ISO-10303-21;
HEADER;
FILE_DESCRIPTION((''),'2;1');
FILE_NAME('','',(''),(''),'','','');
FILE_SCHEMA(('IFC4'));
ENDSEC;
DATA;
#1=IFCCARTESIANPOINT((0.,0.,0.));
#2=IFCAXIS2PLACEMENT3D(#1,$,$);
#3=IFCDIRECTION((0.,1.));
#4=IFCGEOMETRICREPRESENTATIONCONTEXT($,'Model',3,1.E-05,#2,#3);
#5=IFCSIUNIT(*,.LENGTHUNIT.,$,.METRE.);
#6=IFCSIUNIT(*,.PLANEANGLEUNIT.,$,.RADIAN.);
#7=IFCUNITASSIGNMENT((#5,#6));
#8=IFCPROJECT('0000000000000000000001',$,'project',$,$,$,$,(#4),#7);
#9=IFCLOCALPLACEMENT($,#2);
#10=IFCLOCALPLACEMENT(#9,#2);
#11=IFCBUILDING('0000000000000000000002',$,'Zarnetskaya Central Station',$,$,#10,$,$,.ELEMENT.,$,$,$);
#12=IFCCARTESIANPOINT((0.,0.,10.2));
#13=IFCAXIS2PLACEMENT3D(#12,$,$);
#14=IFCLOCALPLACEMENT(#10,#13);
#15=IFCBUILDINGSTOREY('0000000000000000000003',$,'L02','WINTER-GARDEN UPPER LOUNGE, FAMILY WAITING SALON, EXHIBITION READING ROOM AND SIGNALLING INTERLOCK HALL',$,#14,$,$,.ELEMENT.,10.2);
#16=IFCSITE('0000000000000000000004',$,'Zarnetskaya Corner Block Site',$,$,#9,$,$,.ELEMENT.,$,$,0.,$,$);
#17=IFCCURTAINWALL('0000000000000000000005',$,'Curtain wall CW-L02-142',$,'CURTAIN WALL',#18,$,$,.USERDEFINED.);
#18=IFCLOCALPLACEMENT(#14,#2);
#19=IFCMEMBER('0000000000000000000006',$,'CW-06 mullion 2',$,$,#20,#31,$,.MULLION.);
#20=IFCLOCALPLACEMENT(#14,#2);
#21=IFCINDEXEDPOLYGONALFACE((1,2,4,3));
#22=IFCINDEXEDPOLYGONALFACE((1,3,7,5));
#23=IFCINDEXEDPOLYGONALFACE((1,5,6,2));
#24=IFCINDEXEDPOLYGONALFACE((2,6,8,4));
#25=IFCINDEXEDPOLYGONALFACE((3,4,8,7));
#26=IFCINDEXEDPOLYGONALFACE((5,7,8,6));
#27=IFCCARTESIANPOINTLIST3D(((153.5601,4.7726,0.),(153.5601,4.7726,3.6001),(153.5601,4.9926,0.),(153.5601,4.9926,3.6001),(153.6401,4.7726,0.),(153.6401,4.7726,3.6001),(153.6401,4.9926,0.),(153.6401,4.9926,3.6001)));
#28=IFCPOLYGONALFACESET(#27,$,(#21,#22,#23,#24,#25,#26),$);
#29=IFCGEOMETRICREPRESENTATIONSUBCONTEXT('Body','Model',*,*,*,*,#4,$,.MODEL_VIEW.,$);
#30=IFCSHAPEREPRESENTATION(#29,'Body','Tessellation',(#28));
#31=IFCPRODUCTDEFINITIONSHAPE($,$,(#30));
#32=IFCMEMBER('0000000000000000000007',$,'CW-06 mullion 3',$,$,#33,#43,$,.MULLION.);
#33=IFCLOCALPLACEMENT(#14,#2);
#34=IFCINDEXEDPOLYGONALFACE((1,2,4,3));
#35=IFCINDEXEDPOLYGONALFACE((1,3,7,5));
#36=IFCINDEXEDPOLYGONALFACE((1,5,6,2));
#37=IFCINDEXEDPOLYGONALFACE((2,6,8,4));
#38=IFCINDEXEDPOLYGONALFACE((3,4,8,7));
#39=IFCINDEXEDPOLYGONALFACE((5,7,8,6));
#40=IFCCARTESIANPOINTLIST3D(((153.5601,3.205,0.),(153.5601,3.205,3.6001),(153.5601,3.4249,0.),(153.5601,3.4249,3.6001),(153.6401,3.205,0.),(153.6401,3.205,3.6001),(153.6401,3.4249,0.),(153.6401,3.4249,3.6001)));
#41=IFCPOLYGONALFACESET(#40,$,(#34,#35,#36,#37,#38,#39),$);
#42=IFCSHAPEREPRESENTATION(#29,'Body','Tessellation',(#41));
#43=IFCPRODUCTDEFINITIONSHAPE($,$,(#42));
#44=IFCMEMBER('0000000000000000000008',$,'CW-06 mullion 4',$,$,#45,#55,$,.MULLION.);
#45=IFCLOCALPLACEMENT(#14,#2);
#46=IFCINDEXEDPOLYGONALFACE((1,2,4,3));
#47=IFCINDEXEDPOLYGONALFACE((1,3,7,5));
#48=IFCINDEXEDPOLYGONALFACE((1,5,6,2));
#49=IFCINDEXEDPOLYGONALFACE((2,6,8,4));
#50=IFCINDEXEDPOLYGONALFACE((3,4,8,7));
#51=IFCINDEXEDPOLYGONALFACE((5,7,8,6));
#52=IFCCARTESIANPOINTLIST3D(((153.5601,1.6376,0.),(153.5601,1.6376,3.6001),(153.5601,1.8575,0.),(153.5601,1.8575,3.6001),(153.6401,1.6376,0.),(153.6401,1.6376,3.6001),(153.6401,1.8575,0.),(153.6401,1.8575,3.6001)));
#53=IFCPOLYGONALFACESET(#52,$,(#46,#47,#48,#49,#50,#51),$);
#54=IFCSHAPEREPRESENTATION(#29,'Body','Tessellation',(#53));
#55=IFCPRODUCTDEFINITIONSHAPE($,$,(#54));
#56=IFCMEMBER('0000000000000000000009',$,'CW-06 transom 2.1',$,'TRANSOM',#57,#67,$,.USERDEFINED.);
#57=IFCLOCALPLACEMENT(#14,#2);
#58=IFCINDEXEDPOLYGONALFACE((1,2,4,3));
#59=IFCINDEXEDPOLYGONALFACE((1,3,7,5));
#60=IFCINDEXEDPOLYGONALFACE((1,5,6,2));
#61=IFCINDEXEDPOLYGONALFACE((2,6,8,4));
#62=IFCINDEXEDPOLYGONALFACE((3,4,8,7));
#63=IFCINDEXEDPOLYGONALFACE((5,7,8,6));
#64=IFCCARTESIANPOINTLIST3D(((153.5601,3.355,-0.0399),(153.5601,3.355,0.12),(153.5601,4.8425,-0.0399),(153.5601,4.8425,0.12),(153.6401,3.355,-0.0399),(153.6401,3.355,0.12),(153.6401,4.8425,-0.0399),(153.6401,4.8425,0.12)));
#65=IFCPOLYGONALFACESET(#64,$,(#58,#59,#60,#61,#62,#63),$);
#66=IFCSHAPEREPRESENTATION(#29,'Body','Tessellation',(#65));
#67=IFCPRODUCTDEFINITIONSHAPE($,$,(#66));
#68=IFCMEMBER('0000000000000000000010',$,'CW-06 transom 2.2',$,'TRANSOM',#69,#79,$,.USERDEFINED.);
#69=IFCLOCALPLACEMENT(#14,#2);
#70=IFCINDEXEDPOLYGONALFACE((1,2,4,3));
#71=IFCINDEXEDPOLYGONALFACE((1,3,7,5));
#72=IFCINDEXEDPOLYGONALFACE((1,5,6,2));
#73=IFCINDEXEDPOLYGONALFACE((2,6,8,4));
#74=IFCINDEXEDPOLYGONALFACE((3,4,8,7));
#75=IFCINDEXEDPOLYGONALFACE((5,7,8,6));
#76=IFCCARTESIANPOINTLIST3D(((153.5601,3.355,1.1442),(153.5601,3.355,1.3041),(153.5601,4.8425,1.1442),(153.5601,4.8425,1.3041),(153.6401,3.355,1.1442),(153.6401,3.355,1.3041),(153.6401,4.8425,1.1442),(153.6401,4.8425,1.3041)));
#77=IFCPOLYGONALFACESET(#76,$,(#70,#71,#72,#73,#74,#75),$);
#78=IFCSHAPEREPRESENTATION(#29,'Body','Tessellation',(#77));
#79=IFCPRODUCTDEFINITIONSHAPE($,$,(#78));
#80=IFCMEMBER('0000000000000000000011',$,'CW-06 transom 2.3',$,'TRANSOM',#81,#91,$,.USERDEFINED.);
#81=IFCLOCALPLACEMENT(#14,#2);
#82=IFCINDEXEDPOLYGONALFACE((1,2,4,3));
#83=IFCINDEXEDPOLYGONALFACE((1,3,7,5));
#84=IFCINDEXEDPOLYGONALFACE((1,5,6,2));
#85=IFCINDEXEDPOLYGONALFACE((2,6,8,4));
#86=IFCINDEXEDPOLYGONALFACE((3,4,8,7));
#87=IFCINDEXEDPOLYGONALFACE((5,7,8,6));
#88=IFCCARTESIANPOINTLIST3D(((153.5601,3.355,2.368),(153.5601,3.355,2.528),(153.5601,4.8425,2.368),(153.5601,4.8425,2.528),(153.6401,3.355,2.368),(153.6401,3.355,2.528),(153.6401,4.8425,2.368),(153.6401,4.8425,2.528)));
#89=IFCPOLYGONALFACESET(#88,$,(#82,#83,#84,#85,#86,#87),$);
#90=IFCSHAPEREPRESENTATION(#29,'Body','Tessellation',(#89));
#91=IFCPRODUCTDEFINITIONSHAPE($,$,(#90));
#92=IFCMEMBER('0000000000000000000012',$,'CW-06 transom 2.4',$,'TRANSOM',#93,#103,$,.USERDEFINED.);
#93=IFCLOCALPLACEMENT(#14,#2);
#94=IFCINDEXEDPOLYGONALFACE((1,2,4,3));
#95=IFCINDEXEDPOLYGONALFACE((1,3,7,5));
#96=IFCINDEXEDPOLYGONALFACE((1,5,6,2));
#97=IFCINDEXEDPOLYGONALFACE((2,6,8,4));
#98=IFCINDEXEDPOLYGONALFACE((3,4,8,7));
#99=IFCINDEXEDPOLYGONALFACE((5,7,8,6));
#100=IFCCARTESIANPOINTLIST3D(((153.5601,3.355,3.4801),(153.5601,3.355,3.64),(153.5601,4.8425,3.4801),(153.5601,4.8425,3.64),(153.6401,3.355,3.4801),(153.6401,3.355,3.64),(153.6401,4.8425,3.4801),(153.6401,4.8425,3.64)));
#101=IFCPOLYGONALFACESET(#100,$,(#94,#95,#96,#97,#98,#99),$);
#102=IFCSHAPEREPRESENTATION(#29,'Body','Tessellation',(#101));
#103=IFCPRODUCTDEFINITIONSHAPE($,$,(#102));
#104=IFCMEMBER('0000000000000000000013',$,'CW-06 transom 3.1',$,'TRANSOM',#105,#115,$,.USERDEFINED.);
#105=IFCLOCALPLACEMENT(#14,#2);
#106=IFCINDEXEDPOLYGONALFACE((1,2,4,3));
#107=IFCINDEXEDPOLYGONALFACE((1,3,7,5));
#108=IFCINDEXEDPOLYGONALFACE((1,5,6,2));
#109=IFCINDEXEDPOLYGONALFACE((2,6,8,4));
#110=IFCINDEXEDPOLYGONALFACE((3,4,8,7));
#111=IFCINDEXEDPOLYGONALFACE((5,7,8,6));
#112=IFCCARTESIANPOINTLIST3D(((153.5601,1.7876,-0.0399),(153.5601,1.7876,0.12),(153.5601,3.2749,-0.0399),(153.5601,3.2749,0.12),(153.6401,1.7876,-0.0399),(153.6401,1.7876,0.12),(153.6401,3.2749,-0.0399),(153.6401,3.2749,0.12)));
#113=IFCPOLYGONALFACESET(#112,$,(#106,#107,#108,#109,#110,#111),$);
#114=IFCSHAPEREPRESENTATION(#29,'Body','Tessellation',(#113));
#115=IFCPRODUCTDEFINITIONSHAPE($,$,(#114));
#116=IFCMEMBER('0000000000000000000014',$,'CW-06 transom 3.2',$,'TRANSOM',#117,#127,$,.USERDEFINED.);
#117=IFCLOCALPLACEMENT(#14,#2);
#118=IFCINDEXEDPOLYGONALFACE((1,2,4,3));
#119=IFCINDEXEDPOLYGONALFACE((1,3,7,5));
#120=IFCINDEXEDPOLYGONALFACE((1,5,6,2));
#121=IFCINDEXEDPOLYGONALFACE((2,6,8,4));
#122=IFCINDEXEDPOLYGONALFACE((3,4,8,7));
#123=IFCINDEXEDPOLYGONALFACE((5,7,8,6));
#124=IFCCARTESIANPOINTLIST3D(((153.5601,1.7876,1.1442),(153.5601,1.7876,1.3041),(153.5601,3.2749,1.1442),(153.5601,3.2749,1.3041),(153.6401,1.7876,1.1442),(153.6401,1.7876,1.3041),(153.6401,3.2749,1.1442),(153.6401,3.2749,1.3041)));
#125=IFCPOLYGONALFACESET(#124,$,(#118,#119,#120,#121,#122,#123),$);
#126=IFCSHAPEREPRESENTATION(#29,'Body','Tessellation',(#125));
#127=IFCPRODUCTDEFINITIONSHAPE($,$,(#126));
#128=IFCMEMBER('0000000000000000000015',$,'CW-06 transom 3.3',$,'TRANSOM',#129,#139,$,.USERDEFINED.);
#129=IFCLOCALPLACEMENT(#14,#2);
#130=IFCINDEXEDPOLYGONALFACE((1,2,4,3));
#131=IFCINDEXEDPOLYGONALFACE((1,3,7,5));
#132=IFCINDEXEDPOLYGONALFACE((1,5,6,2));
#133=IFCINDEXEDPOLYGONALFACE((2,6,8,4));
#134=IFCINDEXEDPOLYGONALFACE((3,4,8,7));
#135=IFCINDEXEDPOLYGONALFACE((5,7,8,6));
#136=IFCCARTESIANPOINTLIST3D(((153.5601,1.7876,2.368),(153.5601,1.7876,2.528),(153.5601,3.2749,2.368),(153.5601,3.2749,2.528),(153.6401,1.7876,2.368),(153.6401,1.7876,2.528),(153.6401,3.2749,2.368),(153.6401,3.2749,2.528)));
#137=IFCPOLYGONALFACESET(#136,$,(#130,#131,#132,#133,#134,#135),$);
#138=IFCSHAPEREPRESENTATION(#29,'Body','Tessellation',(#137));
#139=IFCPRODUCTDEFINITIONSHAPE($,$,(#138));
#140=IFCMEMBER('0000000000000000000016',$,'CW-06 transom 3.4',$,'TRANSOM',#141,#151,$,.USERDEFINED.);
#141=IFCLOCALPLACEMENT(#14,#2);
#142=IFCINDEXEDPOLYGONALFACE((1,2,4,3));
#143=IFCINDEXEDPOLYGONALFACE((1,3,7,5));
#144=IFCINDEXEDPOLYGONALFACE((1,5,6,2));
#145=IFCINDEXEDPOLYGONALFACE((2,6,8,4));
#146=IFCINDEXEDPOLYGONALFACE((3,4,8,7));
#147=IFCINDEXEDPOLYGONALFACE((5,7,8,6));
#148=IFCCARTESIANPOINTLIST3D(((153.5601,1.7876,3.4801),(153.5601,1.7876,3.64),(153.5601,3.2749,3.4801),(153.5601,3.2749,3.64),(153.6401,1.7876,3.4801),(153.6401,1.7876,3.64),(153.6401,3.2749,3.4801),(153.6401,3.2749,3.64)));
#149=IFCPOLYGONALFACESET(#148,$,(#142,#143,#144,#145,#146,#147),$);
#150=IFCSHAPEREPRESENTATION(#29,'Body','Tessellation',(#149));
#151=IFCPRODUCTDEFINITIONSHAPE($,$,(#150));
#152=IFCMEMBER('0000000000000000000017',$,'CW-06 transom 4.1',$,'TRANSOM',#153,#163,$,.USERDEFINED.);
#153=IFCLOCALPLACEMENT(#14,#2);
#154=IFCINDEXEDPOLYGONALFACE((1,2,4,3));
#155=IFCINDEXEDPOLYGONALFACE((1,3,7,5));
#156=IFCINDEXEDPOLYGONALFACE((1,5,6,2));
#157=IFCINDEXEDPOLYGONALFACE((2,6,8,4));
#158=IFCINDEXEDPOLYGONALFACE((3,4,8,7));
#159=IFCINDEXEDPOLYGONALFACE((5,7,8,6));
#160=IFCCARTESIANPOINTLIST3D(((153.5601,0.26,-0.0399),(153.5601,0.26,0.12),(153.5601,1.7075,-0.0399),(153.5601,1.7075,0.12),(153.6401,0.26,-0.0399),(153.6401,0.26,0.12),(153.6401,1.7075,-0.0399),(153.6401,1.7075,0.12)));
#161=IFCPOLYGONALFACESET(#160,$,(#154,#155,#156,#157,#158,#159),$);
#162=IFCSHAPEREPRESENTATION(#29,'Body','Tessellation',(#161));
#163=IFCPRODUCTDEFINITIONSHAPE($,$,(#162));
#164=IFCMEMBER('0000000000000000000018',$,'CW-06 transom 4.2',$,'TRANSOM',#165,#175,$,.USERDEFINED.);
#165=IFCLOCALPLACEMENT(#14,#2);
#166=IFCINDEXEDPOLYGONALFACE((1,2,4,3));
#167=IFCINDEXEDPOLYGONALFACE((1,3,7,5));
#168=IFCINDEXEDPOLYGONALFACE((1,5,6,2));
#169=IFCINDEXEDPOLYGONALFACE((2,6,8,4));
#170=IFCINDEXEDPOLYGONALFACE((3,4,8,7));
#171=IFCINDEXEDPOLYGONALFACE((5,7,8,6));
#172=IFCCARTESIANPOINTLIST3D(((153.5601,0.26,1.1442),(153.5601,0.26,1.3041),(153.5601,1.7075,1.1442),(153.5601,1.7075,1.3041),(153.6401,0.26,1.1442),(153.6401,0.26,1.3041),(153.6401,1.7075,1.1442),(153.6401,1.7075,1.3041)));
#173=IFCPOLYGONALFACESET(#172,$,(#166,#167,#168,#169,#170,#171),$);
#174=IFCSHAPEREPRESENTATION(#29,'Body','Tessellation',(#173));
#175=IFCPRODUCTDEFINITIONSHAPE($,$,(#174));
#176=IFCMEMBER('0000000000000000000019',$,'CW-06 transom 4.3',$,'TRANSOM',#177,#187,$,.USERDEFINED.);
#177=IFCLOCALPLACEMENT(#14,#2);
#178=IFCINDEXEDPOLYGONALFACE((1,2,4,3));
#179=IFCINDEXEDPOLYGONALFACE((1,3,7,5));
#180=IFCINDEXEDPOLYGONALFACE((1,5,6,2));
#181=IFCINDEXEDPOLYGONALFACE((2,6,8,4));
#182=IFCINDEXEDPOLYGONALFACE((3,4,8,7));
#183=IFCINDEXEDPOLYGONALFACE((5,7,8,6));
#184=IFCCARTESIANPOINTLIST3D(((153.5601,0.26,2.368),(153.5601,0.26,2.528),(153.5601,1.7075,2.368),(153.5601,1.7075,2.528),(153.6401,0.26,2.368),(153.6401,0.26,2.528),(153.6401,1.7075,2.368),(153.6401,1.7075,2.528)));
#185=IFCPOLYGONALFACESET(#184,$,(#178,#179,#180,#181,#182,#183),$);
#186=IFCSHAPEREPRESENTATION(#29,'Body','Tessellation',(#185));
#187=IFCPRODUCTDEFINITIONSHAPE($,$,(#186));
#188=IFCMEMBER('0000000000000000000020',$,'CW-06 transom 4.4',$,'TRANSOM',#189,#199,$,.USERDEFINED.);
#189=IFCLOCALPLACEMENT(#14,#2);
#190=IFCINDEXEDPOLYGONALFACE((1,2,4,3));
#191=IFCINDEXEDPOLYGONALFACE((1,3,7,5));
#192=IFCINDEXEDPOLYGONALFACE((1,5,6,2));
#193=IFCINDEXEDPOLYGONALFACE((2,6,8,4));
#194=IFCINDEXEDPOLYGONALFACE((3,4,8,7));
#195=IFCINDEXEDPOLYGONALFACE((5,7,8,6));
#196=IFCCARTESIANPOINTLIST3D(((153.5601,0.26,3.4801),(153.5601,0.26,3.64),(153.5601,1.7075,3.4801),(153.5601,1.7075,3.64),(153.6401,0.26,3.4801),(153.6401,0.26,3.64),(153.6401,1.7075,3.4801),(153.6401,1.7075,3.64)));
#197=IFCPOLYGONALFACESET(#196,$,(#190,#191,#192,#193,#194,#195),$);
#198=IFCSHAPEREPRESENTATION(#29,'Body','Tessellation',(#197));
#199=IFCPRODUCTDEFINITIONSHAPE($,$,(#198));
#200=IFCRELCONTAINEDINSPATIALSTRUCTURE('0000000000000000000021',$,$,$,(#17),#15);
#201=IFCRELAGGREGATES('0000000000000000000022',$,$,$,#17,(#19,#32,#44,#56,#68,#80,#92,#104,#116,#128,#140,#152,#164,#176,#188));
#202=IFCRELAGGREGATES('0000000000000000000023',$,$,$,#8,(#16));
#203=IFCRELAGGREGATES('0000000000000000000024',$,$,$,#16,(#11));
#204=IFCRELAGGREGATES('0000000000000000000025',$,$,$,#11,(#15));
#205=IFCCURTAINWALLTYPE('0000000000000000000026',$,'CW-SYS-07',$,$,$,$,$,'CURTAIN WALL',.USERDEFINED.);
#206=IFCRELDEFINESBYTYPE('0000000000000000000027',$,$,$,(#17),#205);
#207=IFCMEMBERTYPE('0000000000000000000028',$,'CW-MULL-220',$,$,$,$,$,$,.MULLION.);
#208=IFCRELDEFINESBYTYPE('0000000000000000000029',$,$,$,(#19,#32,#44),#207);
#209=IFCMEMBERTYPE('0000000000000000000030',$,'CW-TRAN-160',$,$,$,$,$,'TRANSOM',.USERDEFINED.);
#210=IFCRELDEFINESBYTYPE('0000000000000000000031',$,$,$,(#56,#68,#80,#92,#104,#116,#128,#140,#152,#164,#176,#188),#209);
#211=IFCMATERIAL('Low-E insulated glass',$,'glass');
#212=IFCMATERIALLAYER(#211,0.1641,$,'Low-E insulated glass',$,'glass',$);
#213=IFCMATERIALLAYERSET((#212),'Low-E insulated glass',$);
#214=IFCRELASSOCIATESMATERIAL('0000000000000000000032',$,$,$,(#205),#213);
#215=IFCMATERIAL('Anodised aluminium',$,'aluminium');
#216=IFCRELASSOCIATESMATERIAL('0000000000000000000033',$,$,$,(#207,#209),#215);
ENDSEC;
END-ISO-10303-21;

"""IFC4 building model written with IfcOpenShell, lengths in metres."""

from ifc_helpers import new_model, si_unit, direction, frame, origin, origin_2d, place, context, subcontext, project, spatial, rectangle, extrude, material, layer, layer_set, material_profile, profile_set, type_object, element, aggregate, save


model = new_model("IFC4")

# Units and contexts
model_context = context("Model", 3, precision=1e-05, world=origin(), true_north=direction((0.0, 1.0)))
body_context = subcontext(model_context, "Body", "Model", "MODEL_VIEW")
ifc_project = project(units=[si_unit("LENGTHUNIT", "METRE"), si_unit("PLANEANGLEUNIT", "RADIAN")], contexts=[model_context])

# Site, building, storey
site_placement = place(None, origin())
site = spatial("IfcSite", under=ifc_project, at=site_placement, Name="Zarnetskaya Corner Block Site", CompositionType="ELEMENT", RefElevation=0.0)
building_placement = place(site_placement, origin())
building = spatial("IfcBuilding", under=site, at=building_placement, Name="Zarnetskaya Central Station", CompositionType="ELEMENT")
storey_placement = place(building_placement, frame((0.0, 0.0, 10.2)))
storey = spatial("IfcBuildingStorey", under=building, at=storey_placement, Name="L02", Description="WINTER-GARDEN UPPER LOUNGE, FAMILY WAITING SALON, EXHIBITION READING ROOM AND SIGNALLING INTERLOCK HALL", CompositionType="ELEMENT", Elevation=10.2)

# Curtain wall, members
ifc_material_1 = material(Name="Low-E insulated glass", Category="glass")
ifc_layer_1 = layer(ifc_material_1, 0.1641, Name="Low-E insulated glass", Category="glass")
ifc_layer_set_1 = layer_set([ifc_layer_1], Name="Low-E insulated glass")
curtain_wall_type = type_object("IfcCurtainWallType", Name="CW-SYS-07", ElementType="CURTAIN WALL", PredefinedType="USERDEFINED", material=ifc_layer_set_1)
curtain_wall_placement = place(storey_placement, origin())
curtain_wall = element("IfcCurtainWall", 1, at=curtain_wall_placement, inside=storey, type_object=curtain_wall_type, Name="Curtain wall CW-L02-142", ObjectType="CURTAIN WALL", PredefinedType="USERDEFINED")
ifc_material_2 = material(Name="Anodised aluminium", Category="aluminium")
ifc_material_profile_1 = material_profile(ifc_material_2, rectangle(XDim=0.0801, YDim=0.22, at=origin_2d()), Name="ALU MULL 80x220")
ifc_profile_set_1 = profile_set([ifc_material_profile_1], Name="Anodised aluminium")
member_type_1 = type_object("IfcMemberType", Name="CW-MULL-220", PredefinedType="MULLION", material=ifc_profile_set_1)
member_1_placement = place(storey_placement, frame((153.6001, 4.8826, 0.0), z_axis=(0.0, 0.0, 1.0), x_axis=(1.0, 0.0, 0.0)))
member_1 = element("IfcMember", 2, at=member_1_placement, type_object=member_type_1, Name="CW-06 mullion 2", PredefinedType="MULLION", context=body_context, shape_type="SweptSolid", body=[
    extrude(rectangle(XDim=0.0801, YDim=0.22, at=origin_2d()), origin(), (0.0, 0.0, 1.0), 3.6001),
])
member_2_placement = place(storey_placement, frame((153.6001, 3.3149, 0.0), z_axis=(0.0, 0.0, 1.0), x_axis=(1.0, 0.0, 0.0)))
member_2 = element("IfcMember", 3, at=member_2_placement, type_object=member_type_1, Name="CW-06 mullion 3", PredefinedType="MULLION", context=body_context, shape_type="SweptSolid", body=[
    extrude(rectangle(XDim=0.0801, YDim=0.22, at=origin_2d()), origin(), (0.0, 0.0, 1.0), 3.6001),
])
member_3_placement = place(storey_placement, frame((153.6001, 1.7476, 0.0), z_axis=(0.0, 0.0, 1.0), x_axis=(1.0, 0.0, 0.0)))
member_3 = element("IfcMember", 4, at=member_3_placement, type_object=member_type_1, Name="CW-06 mullion 4", PredefinedType="MULLION", context=body_context, shape_type="SweptSolid", body=[
    extrude(rectangle(XDim=0.0801, YDim=0.22, at=origin_2d()), origin(), (0.0, 0.0, 1.0), 3.6001),
])
ifc_material_profile_2 = material_profile(ifc_material_2, rectangle(XDim=0.0801, YDim=0.1599, at=origin_2d()), Name="ALU TRAN 80x160")
ifc_profile_set_2 = profile_set([ifc_material_profile_2], Name="Anodised aluminium")
member_type_2 = type_object("IfcMemberType", Name="CW-TRAN-160", ElementType="TRANSOM", PredefinedType="USERDEFINED", material=ifc_profile_set_2)
member_4_placement = place(storey_placement, frame((153.6001, 4.8425, 0.04), z_axis=(0.0, -1.0, 0.0), x_axis=(1.0, 0.0, 0.0)))
member_4 = element("IfcMember", 5, at=member_4_placement, type_object=member_type_2, Name="CW-06 transom 2.1", ObjectType="TRANSOM", PredefinedType="USERDEFINED", context=body_context, shape_type="SweptSolid", body=[
    extrude(rectangle(XDim=0.0801, YDim=0.1599, at=origin_2d()), origin(), (0.0, 0.0, 1.0), 1.4875),
])
member_5_placement = place(storey_placement, frame((153.6001, 4.8425, 1.2241), z_axis=(0.0, -1.0, 0.0), x_axis=(1.0, 0.0, 0.0)))
member_5 = element("IfcMember", 6, at=member_5_placement, type_object=member_type_2, Name="CW-06 transom 2.2", ObjectType="TRANSOM", PredefinedType="USERDEFINED", context=body_context, shape_type="SweptSolid", body=[
    extrude(rectangle(XDim=0.0801, YDim=0.1599, at=origin_2d()), origin(), (0.0, 0.0, 1.0), 1.4875),
])
member_6_placement = place(storey_placement, frame((153.6001, 4.8425, 2.448), z_axis=(0.0, -1.0, 0.0), x_axis=(1.0, 0.0, 0.0)))
member_6 = element("IfcMember", 7, at=member_6_placement, type_object=member_type_2, Name="CW-06 transom 2.3", ObjectType="TRANSOM", PredefinedType="USERDEFINED", context=body_context, shape_type="SweptSolid", body=[
    extrude(rectangle(XDim=0.0801, YDim=0.1599, at=origin_2d()), origin(), (0.0, 0.0, 1.0), 1.4875),
])
member_7_placement = place(storey_placement, frame((153.6001, 4.8425, 3.5601), z_axis=(0.0, -1.0, 0.0), x_axis=(1.0, 0.0, 0.0)))
member_7 = element("IfcMember", 8, at=member_7_placement, type_object=member_type_2, Name="CW-06 transom 2.4", ObjectType="TRANSOM", PredefinedType="USERDEFINED", context=body_context, shape_type="SweptSolid", body=[
    extrude(rectangle(XDim=0.0801, YDim=0.1599, at=origin_2d()), origin(), (0.0, 0.0, 1.0), 1.4875),
])
member_8_placement = place(storey_placement, frame((153.6001, 3.2749, 0.04), z_axis=(0.0, -1.0, 0.0), x_axis=(1.0, 0.0, 0.0)))
member_8 = element("IfcMember", 9, at=member_8_placement, type_object=member_type_2, Name="CW-06 transom 3.1", ObjectType="TRANSOM", PredefinedType="USERDEFINED", context=body_context, shape_type="SweptSolid", body=[
    extrude(rectangle(XDim=0.0801, YDim=0.1599, at=origin_2d()), origin(), (0.0, 0.0, 1.0), 1.4873),
])
member_9_placement = place(storey_placement, frame((153.6001, 3.2749, 1.2241), z_axis=(0.0, -1.0, 0.0), x_axis=(1.0, 0.0, 0.0)))
member_9 = element("IfcMember", 10, at=member_9_placement, type_object=member_type_2, Name="CW-06 transom 3.2", ObjectType="TRANSOM", PredefinedType="USERDEFINED", context=body_context, shape_type="SweptSolid", body=[
    extrude(rectangle(XDim=0.0801, YDim=0.1599, at=origin_2d()), origin(), (0.0, 0.0, 1.0), 1.4873),
])
member_10_placement = place(storey_placement, frame((153.6001, 3.2749, 2.448), z_axis=(0.0, -1.0, 0.0), x_axis=(1.0, 0.0, 0.0)))
member_10 = element("IfcMember", 11, at=member_10_placement, type_object=member_type_2, Name="CW-06 transom 3.3", ObjectType="TRANSOM", PredefinedType="USERDEFINED", context=body_context, shape_type="SweptSolid", body=[
    extrude(rectangle(XDim=0.0801, YDim=0.1599, at=origin_2d()), origin(), (0.0, 0.0, 1.0), 1.4873),
])
member_11_placement = place(storey_placement, frame((153.6001, 3.2749, 3.5601), z_axis=(0.0, -1.0, 0.0), x_axis=(1.0, 0.0, 0.0)))
member_11 = element("IfcMember", 12, at=member_11_placement, type_object=member_type_2, Name="CW-06 transom 3.4", ObjectType="TRANSOM", PredefinedType="USERDEFINED", context=body_context, shape_type="SweptSolid", body=[
    extrude(rectangle(XDim=0.0801, YDim=0.1599, at=origin_2d()), origin(), (0.0, 0.0, 1.0), 1.4873),
])
member_12_placement = place(storey_placement, frame((153.6001, 1.7075, 0.04), z_axis=(0.0, -1.0, 0.0), x_axis=(1.0, 0.0, 0.0)))
member_12 = element("IfcMember", 13, at=member_12_placement, type_object=member_type_2, Name="CW-06 transom 4.1", ObjectType="TRANSOM", PredefinedType="USERDEFINED", context=body_context, shape_type="SweptSolid", body=[
    extrude(rectangle(XDim=0.0801, YDim=0.1599, at=origin_2d()), origin(), (0.0, 0.0, 1.0), 1.4475),
])
member_13_placement = place(storey_placement, frame((153.6001, 1.7075, 1.2241), z_axis=(0.0, -1.0, 0.0), x_axis=(1.0, 0.0, 0.0)))
member_13 = element("IfcMember", 14, at=member_13_placement, type_object=member_type_2, Name="CW-06 transom 4.2", ObjectType="TRANSOM", PredefinedType="USERDEFINED", context=body_context, shape_type="SweptSolid", body=[
    extrude(rectangle(XDim=0.0801, YDim=0.1599, at=origin_2d()), origin(), (0.0, 0.0, 1.0), 1.4475),
])
member_14_placement = place(storey_placement, frame((153.6001, 1.7075, 2.448), z_axis=(0.0, -1.0, 0.0), x_axis=(1.0, 0.0, 0.0)))
member_14 = element("IfcMember", 15, at=member_14_placement, type_object=member_type_2, Name="CW-06 transom 4.3", ObjectType="TRANSOM", PredefinedType="USERDEFINED", context=body_context, shape_type="SweptSolid", body=[
    extrude(rectangle(XDim=0.0801, YDim=0.1599, at=origin_2d()), origin(), (0.0, 0.0, 1.0), 1.4475),
])
member_15_placement = place(storey_placement, frame((153.6001, 1.7075, 3.5601), z_axis=(0.0, -1.0, 0.0), x_axis=(1.0, 0.0, 0.0)))
member_15 = element("IfcMember", 16, at=member_15_placement, type_object=member_type_2, Name="CW-06 transom 4.4", ObjectType="TRANSOM", PredefinedType="USERDEFINED", context=body_context, shape_type="SweptSolid", body=[
    extrude(rectangle(XDim=0.0801, YDim=0.1599, at=origin_2d()), origin(), (0.0, 0.0, 1.0), 1.4475),
])
aggregate(curtain_wall, [member_1, member_2, member_3, member_4, member_5, member_6, member_7, member_8, member_9, member_10, member_11, member_12, member_13, member_14, member_15])

save(model, "model.ifc")
